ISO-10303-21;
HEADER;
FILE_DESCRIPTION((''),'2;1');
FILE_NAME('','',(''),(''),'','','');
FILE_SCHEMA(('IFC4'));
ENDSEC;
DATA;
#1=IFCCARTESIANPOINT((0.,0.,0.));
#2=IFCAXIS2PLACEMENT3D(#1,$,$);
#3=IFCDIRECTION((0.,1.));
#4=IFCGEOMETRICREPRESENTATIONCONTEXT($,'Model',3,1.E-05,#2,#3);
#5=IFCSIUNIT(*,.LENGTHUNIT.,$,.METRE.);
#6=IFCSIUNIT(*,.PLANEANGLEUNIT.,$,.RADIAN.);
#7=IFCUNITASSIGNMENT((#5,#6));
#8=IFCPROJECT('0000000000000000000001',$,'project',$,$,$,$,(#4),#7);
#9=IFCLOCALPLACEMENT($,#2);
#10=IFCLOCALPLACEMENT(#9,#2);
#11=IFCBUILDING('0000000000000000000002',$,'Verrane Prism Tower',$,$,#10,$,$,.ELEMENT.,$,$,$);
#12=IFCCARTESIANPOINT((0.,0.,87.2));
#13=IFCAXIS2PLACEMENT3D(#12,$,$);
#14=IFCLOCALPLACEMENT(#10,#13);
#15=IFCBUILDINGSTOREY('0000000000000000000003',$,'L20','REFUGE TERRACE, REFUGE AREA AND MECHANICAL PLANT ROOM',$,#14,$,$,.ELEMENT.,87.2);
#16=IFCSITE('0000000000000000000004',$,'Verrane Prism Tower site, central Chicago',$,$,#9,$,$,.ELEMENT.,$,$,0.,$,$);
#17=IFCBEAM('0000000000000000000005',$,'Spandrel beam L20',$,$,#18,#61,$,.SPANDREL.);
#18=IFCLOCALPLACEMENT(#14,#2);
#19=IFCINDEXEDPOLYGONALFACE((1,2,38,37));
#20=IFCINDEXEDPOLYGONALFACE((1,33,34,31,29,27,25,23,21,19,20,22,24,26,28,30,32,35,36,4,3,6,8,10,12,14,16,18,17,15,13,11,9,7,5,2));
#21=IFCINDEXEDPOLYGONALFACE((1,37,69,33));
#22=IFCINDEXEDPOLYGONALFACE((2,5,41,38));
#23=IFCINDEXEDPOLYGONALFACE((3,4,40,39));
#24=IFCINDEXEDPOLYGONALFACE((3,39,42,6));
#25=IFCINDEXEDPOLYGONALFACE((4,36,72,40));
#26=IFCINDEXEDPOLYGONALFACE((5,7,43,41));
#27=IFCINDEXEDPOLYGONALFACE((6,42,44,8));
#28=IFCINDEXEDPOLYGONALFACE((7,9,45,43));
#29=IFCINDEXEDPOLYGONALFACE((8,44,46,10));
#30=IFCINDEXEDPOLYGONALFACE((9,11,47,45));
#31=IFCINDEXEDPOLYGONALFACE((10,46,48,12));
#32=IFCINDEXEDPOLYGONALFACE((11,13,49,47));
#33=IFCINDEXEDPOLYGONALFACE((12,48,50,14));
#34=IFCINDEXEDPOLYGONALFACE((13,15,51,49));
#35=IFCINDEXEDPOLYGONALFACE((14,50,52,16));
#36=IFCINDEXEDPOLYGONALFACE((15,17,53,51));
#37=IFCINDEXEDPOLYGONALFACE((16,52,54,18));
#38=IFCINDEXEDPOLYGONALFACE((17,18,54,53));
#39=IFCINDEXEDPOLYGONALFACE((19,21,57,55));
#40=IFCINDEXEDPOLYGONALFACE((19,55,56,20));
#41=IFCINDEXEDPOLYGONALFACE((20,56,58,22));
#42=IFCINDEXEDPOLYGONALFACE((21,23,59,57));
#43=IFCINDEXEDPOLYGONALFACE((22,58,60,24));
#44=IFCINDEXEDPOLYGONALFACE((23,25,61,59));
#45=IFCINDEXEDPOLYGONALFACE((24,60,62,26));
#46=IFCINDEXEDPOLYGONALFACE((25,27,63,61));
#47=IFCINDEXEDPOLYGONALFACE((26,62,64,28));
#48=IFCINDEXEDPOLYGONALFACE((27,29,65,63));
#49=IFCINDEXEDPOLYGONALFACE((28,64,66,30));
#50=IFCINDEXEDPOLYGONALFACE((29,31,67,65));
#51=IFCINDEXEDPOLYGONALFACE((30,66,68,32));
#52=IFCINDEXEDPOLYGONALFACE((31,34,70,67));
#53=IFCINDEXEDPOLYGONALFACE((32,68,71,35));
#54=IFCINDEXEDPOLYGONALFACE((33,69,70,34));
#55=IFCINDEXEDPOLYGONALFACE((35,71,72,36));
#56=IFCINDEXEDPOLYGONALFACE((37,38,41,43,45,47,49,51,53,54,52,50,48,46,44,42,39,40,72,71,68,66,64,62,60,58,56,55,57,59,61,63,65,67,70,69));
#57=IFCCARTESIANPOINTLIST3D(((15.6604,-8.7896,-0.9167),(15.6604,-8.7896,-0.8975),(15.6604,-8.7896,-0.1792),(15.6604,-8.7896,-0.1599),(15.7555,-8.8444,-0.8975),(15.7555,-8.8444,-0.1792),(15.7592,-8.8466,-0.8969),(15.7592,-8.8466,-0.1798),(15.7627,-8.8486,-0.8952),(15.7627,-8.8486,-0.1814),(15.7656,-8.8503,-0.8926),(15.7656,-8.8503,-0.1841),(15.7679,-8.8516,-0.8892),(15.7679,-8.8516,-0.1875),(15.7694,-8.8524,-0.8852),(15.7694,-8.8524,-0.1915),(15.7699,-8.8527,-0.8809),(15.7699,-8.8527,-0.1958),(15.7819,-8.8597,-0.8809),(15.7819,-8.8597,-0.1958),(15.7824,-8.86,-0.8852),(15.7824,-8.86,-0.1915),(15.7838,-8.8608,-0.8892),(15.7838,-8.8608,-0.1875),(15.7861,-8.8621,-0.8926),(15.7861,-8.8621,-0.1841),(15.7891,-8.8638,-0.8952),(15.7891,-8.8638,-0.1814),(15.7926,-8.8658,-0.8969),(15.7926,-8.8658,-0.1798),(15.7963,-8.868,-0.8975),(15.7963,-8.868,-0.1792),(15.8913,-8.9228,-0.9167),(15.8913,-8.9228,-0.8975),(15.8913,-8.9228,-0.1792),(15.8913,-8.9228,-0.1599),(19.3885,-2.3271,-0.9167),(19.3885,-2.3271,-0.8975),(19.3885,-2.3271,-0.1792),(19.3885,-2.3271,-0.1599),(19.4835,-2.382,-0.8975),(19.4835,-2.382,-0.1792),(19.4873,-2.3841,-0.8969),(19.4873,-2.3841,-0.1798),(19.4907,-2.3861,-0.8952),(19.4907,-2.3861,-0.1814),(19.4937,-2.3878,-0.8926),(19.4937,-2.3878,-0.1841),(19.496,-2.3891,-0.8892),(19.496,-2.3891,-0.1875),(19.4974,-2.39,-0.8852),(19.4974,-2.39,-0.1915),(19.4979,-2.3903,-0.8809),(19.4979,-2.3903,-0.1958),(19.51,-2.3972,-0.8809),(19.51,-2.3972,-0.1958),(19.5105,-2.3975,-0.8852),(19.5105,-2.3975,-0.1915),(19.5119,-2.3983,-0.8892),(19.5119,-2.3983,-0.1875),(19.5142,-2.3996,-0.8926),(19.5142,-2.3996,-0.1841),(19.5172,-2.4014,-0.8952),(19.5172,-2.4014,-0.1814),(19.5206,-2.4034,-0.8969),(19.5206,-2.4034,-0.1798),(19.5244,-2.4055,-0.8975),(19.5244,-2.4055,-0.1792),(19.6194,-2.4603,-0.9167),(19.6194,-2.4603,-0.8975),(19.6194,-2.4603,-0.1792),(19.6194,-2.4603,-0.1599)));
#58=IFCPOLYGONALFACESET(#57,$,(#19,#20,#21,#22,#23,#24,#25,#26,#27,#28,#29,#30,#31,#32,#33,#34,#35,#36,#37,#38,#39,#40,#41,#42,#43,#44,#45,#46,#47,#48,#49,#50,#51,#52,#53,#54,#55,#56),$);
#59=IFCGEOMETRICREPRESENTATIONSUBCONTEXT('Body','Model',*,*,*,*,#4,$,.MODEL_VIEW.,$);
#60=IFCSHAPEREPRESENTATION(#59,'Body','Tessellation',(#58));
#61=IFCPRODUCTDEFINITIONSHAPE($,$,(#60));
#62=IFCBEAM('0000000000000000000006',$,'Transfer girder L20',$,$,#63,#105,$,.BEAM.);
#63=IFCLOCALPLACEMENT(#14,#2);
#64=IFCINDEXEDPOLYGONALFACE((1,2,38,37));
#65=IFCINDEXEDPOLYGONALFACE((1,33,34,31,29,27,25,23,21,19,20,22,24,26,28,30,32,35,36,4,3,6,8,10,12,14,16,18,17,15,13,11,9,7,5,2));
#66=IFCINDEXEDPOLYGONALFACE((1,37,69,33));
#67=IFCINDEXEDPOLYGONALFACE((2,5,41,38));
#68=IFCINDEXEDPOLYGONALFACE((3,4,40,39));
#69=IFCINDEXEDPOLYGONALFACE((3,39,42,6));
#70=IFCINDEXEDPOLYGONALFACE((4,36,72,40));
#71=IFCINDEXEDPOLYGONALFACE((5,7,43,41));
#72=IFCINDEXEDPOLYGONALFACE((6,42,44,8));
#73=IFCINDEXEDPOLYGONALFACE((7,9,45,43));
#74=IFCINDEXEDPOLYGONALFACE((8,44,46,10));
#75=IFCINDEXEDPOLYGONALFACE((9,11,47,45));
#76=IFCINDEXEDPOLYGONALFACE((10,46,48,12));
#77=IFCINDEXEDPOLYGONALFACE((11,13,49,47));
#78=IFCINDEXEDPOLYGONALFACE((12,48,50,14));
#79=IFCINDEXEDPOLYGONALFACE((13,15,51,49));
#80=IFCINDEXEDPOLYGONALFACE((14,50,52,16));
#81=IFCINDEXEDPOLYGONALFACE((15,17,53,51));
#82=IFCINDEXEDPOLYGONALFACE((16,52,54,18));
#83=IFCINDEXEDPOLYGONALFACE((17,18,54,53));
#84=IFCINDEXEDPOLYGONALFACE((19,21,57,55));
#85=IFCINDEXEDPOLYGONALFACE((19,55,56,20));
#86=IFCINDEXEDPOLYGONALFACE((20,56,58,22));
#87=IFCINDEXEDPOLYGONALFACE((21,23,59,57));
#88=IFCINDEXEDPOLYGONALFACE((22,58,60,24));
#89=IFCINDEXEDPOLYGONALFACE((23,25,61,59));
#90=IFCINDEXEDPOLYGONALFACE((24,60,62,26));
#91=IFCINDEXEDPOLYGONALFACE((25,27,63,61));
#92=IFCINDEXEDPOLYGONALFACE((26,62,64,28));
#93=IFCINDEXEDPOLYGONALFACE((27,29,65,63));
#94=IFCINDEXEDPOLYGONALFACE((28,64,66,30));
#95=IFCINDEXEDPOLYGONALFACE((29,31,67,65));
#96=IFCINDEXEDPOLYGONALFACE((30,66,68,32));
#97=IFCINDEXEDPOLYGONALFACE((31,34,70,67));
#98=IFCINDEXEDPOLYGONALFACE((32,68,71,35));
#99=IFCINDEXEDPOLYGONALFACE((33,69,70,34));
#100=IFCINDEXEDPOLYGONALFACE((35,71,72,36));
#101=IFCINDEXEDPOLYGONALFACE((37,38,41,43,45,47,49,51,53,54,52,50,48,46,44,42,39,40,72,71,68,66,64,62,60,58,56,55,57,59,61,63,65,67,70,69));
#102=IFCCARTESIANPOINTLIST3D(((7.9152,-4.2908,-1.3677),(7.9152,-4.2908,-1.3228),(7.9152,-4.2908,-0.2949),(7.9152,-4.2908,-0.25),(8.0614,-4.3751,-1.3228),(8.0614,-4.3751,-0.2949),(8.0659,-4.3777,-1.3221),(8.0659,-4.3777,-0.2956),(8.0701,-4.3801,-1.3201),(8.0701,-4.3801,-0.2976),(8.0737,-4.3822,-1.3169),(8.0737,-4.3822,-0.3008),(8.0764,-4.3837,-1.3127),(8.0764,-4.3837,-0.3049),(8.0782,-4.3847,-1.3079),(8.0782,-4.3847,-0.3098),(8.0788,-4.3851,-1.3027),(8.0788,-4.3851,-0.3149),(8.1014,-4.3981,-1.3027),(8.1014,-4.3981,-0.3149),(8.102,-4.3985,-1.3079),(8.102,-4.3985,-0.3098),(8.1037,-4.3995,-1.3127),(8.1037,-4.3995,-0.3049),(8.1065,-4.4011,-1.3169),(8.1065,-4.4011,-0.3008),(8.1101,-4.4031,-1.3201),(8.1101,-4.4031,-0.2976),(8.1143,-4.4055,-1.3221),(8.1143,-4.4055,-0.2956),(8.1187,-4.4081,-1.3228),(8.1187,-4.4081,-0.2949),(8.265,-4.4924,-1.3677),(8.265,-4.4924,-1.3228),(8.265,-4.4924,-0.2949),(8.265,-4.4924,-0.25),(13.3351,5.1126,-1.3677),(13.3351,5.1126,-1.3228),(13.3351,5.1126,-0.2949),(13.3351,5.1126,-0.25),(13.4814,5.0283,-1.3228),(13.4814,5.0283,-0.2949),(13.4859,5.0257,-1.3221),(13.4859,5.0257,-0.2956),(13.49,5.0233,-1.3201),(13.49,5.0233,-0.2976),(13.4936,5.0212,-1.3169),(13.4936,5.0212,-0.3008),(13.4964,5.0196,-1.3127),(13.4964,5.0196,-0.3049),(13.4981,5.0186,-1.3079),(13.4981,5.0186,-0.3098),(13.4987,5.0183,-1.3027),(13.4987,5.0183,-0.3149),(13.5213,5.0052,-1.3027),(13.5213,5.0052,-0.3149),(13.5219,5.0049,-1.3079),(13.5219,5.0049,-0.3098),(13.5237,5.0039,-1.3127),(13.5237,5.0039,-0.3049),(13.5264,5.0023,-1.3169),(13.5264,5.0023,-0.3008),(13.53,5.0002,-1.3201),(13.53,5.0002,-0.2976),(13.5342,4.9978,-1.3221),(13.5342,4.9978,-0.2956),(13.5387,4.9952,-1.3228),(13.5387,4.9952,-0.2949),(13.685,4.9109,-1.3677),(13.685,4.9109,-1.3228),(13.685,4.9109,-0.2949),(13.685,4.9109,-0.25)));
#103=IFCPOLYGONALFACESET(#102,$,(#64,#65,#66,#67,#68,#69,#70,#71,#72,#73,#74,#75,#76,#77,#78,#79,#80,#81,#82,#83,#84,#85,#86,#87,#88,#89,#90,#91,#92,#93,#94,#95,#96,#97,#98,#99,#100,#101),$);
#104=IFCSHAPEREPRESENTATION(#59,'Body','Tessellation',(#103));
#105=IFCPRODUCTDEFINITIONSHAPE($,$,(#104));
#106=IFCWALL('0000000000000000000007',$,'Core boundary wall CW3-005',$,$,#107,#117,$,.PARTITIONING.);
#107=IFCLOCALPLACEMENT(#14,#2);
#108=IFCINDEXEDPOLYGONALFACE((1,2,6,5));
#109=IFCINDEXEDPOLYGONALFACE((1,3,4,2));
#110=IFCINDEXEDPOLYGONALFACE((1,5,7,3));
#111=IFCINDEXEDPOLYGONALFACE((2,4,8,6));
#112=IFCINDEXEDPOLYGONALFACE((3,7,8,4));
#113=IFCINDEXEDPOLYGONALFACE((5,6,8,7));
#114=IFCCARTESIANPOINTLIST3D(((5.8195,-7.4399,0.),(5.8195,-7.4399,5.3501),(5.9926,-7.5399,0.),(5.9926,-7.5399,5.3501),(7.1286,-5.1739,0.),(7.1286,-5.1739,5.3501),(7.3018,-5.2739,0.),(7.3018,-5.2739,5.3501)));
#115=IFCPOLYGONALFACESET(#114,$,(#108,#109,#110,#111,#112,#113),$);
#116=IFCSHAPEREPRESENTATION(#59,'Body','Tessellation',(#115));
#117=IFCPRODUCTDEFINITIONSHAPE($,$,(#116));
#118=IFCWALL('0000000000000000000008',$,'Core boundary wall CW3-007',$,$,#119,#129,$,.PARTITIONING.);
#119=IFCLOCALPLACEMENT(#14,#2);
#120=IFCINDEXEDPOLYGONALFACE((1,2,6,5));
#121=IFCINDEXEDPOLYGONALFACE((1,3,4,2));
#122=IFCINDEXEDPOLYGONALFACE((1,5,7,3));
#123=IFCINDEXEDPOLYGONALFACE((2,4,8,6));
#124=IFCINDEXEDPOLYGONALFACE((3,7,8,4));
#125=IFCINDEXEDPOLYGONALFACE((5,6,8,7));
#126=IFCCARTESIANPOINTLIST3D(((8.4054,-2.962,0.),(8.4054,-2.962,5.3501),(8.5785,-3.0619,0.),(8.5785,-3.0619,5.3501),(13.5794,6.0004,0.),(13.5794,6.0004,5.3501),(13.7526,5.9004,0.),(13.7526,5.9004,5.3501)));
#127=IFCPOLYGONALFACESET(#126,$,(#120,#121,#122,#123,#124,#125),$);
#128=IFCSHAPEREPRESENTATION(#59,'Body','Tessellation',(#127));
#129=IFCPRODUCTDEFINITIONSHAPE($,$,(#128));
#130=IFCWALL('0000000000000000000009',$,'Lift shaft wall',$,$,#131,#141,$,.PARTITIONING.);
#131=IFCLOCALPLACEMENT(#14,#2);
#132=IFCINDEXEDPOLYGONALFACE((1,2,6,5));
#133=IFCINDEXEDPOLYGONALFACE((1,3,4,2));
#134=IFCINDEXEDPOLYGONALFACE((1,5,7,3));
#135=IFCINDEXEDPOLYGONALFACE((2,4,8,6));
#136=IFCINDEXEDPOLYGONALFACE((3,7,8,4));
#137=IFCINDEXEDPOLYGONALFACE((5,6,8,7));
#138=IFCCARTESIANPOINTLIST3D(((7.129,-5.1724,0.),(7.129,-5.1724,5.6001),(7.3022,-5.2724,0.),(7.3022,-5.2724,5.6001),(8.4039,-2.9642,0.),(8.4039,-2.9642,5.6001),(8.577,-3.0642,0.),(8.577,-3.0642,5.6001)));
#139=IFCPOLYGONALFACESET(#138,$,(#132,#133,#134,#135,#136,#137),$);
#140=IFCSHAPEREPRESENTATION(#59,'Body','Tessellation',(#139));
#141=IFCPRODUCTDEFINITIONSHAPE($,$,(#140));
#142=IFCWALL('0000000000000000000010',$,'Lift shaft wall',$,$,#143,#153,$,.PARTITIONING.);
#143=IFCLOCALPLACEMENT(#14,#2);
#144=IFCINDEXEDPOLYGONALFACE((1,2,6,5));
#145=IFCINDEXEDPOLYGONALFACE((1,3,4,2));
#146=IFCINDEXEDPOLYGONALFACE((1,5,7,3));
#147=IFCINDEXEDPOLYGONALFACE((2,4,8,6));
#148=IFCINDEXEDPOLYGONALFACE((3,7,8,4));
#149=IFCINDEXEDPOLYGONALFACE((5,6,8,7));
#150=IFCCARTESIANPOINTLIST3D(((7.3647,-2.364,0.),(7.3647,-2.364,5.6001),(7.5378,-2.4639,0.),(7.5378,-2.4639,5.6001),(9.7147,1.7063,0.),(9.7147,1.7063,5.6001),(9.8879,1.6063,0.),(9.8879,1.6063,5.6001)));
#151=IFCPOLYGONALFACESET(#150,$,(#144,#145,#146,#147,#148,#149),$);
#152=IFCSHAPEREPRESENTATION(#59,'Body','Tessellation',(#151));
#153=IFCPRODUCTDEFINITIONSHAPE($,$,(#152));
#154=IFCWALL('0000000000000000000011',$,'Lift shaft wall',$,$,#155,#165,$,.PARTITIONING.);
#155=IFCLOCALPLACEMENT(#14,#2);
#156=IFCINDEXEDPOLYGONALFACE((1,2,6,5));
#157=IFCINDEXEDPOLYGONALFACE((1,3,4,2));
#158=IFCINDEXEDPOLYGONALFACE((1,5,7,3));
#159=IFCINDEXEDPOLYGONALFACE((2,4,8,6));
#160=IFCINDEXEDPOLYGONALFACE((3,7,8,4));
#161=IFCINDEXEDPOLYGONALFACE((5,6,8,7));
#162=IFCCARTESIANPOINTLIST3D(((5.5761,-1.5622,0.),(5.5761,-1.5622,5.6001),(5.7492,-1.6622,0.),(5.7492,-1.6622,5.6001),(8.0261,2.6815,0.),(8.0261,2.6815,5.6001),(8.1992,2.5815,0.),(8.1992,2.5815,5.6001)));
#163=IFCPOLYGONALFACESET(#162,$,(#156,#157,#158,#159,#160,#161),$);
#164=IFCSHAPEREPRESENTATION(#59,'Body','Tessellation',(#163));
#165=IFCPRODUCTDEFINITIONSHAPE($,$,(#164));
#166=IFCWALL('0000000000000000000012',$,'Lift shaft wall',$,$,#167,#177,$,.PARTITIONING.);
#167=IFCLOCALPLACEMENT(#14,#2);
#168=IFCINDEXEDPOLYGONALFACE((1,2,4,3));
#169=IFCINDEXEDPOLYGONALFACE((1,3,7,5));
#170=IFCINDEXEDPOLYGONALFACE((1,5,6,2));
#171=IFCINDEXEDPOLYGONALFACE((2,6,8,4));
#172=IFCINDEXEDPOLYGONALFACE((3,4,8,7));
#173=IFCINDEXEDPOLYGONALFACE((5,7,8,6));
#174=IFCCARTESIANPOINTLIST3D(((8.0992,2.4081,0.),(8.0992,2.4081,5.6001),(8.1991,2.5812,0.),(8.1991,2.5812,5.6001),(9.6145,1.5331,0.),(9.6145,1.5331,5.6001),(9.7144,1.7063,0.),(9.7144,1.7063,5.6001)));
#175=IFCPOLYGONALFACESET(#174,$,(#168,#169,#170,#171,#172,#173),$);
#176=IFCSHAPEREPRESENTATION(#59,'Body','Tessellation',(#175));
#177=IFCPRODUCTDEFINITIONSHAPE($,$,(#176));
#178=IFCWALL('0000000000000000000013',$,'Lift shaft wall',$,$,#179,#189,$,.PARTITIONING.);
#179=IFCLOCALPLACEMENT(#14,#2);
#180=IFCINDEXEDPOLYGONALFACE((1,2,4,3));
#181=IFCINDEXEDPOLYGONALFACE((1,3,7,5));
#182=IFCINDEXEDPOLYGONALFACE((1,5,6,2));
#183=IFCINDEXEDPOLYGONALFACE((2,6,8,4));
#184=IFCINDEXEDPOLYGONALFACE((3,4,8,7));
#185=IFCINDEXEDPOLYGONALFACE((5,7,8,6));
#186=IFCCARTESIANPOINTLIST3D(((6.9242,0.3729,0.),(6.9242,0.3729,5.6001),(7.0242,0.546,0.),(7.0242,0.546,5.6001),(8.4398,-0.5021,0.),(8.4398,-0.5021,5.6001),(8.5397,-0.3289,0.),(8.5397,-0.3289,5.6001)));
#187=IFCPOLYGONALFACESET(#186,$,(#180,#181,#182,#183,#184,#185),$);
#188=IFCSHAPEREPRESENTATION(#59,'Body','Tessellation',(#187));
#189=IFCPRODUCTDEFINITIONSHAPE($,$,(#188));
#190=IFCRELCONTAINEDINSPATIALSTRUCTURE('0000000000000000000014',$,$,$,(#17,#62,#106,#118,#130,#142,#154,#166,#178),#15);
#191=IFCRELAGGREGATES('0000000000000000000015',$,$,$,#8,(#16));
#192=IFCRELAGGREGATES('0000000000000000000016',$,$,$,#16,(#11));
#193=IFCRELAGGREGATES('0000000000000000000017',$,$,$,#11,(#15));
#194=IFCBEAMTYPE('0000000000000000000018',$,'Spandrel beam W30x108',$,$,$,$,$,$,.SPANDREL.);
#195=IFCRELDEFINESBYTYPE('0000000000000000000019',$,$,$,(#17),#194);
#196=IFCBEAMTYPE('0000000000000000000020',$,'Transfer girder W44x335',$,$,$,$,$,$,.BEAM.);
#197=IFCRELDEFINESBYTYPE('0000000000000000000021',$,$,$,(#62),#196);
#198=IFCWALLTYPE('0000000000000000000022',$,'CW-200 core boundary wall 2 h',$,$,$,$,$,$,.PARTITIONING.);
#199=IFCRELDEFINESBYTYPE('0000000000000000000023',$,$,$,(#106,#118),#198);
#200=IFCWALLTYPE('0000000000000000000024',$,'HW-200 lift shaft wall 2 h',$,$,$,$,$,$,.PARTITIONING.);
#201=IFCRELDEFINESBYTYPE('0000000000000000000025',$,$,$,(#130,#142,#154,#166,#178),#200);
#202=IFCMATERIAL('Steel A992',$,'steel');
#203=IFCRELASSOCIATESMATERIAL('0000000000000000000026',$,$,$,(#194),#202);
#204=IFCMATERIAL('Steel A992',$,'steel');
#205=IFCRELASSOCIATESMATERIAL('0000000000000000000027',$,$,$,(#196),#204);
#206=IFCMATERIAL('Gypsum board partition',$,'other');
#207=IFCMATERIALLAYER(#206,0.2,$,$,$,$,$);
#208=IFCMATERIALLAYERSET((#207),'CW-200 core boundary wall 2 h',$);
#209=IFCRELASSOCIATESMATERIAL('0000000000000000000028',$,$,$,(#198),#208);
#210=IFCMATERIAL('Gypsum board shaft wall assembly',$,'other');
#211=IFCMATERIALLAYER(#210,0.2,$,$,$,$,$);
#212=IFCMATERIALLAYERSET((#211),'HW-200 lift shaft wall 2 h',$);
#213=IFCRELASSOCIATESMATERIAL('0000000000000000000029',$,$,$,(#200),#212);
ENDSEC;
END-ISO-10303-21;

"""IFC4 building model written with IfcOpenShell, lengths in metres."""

from ifc_helpers import new_model, si_unit, direction, frame, frame_2d, origin, origin_2d, place, context, subcontext, project, spatial, rectangle, i_section, extrude, material, layer, layer_set, material_profile, profile_set, type_object, element, save


model = new_model("IFC4")

# Units and contexts
model_context = context("Model", 3, precision=1e-05, world=origin(), true_north=direction((0.0, 1.0)))
body_context = subcontext(model_context, "Body", "Model", "MODEL_VIEW")
ifc_project = project(units=[si_unit("LENGTHUNIT", "METRE"), si_unit("PLANEANGLEUNIT", "RADIAN")], contexts=[model_context])

# Site, building, storey
site_placement = place(None, origin())
site = spatial("IfcSite", under=ifc_project, at=site_placement, Name="Verrane Prism Tower site, central Chicago", CompositionType="ELEMENT", RefElevation=0.0)
building_placement = place(site_placement, origin())
building = spatial("IfcBuilding", under=site, at=building_placement, Name="Verrane Prism Tower", CompositionType="ELEMENT")
storey_placement = place(building_placement, frame((0.0, 0.0, 87.2)))
storey = spatial("IfcBuildingStorey", under=building, at=storey_placement, Name="L20", Description="REFUGE TERRACE, REFUGE AREA AND MECHANICAL PLANT ROOM", CompositionType="ELEMENT", Elevation=87.2)

# Beams
ifc_material_1 = material(Name="Steel A992", Category="steel")
ifc_material_profile_1 = material_profile(ifc_material_1, i_section(OverallWidth=0.2666, OverallDepth=0.7568, WebThickness=0.0139, FlangeThickness=0.0193, FilletRadius=0.0166, at=origin_2d()), Name="W30x108")
ifc_profile_set_1 = profile_set([ifc_material_profile_1], Name="Steel A992")
beam_type_1 = type_object("IfcBeamType", Name="Spandrel beam W30x108", PredefinedType="SPANDREL", material=ifc_profile_set_1)
beam_1_placement = place(storey_placement, frame((15.7759, -8.8562, -0.5383), z_axis=(0.499694, 0.866202, 0.0), x_axis=(-0.866202, 0.499694, 0.0)))
element("IfcBeam", 1, at=beam_1_placement, inside=storey, type_object=beam_type_1, Name="Spandrel beam L20", PredefinedType="SPANDREL", context=body_context, shape_type="SweptSolid", body=[
    extrude(i_section(OverallWidth=0.2666, OverallDepth=0.7568, WebThickness=0.0139, FlangeThickness=0.0193, FilletRadius=0.0166, at=origin_2d()), origin(), (0.0, 0.0, 1.0), 7.4607),
])
ifc_material_2 = material(Name="Steel A992", Category="steel")
ifc_material_profile_2 = material_profile(ifc_material_2, i_section(OverallWidth=0.4038, OverallDepth=1.1177, WebThickness=0.0261, FlangeThickness=0.0449, FilletRadius=0.02, at=origin_2d()), Name="W44x335")
ifc_profile_set_2 = profile_set([ifc_material_profile_2], Name="Steel A992")
beam_type_2 = type_object("IfcBeamType", Name="Transfer girder W44x335", PredefinedType="BEAM", material=ifc_profile_set_2)
beam_2_placement = place(storey_placement, frame((8.0901, -4.3916, -0.8088), z_axis=(0.499372, 0.866388, 0.0), x_axis=(-0.866388, 0.499372, 0.0)))
element("IfcBeam", 2, at=beam_2_placement, inside=storey, type_object=beam_type_2, Name="Transfer girder L20", PredefinedType="BEAM", context=body_context, shape_type="SweptSolid", body=[
    extrude(i_section(OverallWidth=0.4038, OverallDepth=1.1177, WebThickness=0.0261, FlangeThickness=0.0449, FilletRadius=0.02, at=origin_2d()), origin(), (0.0, 0.0, 1.0), 10.8535),
])

# Walls
ifc_material_3 = material(Name="Gypsum board partition", Category="other")
ifc_layer_1 = layer(ifc_material_3, 0.2)
ifc_layer_set_1 = layer_set([ifc_layer_1], Name="CW-200 core boundary wall 2 h")
wall_type_1 = type_object("IfcWallType", Name="CW-200 core boundary wall 2 h", PredefinedType="PARTITIONING", material=ifc_layer_set_1)
wall_1_placement = place(storey_placement, frame((5.906, -7.49, 0.0), z_axis=(0.0, 0.0, 1.0), x_axis=(0.500253, 0.865879, 0.0)))
element("IfcWall", 3, at=wall_1_placement, inside=storey, type_object=wall_type_1, Name="Core boundary wall CW3-005", PredefinedType="PARTITIONING", context=body_context, shape_type="SweptSolid", body=[
    extrude(rectangle(XDim=2.6169, YDim=0.2, at=frame_2d((1.3086, 0.0))), origin(), (0.0, 0.0, 1.0), 5.3501),
])
wall_2_placement = place(storey_placement, frame((8.4919, -3.012, 0.0), z_axis=(0.0, 0.0, 1.0), x_axis=(0.499973, 0.866041, 0.0)))
element("IfcWall", 4, at=wall_2_placement, inside=storey, type_object=wall_type_1, Name="Core boundary wall CW3-007", PredefinedType="PARTITIONING", context=body_context, shape_type="SweptSolid", body=[
    extrude(rectangle(XDim=10.3486, YDim=0.2, at=frame_2d((5.1743, 0.0))), origin(), (0.0, 0.0, 1.0), 5.3501),
])
ifc_material_4 = material(Name="Gypsum board shaft wall assembly", Category="other")
ifc_layer_2 = layer(ifc_material_4, 0.2)
ifc_layer_set_2 = layer_set([ifc_layer_2], Name="HW-200 lift shaft wall 2 h")
wall_type_2 = type_object("IfcWallType", Name="HW-200 lift shaft wall 2 h", PredefinedType="PARTITIONING", material=ifc_layer_set_2)
wall_3_placement = place(storey_placement, frame((7.2156, -5.2224, 0.0), z_axis=(0.0, 0.0, 1.0), x_axis=(0.49999, 0.866031, 0.0)))
element("IfcWall", 5, at=wall_3_placement, inside=storey, type_object=wall_type_2, Name="Lift shaft wall", PredefinedType="PARTITIONING", context=body_context, shape_type="SweptSolid", body=[
    extrude(rectangle(XDim=2.5498, YDim=0.2, at=frame_2d((1.2749, 0.0))), origin(), (0.0, 0.0, 1.0), 5.6001),
])
wall_4_placement = place(storey_placement, frame((7.4512, -2.4141, 0.0), z_axis=(0.0, 0.0, 1.0), x_axis=(0.500016, 0.866016, 0.0)))
element("IfcWall", 6, at=wall_4_placement, inside=storey, type_object=wall_type_2, Name="Lift shaft wall", PredefinedType="PARTITIONING", context=body_context, shape_type="SweptSolid", body=[
    extrude(rectangle(XDim=4.7, YDim=0.2, at=frame_2d((2.3501, 0.0))), origin(), (0.0, 0.0, 1.0), 5.6001),
])
wall_5_placement = place(storey_placement, frame((5.6626, -1.6123, 0.0), z_axis=(0.0, 0.0, 1.0), x_axis=(0.499981, 0.866036, 0.0)))
element("IfcWall", 7, at=wall_5_placement, inside=storey, type_object=wall_type_2, Name="Lift shaft wall", PredefinedType="PARTITIONING", context=body_context, shape_type="SweptSolid", body=[
    extrude(rectangle(XDim=4.9001, YDim=0.2, at=frame_2d((2.4502, 0.0))), origin(), (0.0, 0.0, 1.0), 5.6001),
])
wall_6_placement = place(storey_placement, frame((9.6646, 1.6196, 0.0), z_axis=(0.0, 0.0, 1.0), x_axis=(-0.866002, 0.50004, 0.0)))
element("IfcWall", 8, at=wall_6_placement, inside=storey, type_object=wall_type_2, Name="Lift shaft wall", PredefinedType="PARTITIONING", context=body_context, shape_type="SweptSolid", body=[
    extrude(rectangle(XDim=1.7498, YDim=0.2, at=frame_2d((0.875, 0.0))), origin(), (0.0, 0.0, 1.0), 5.6001),
])
wall_7_placement = place(storey_placement, frame((8.4897, -0.4155, 0.0), z_axis=(0.0, 0.0, 1.0), x_axis=(-0.866037, 0.49998, 0.0)))
element("IfcWall", 9, at=wall_7_placement, inside=storey, type_object=wall_type_2, Name="Lift shaft wall", PredefinedType="PARTITIONING", context=body_context, shape_type="SweptSolid", body=[
    extrude(rectangle(XDim=1.75, YDim=0.2, at=frame_2d((0.875, 0.0))), origin(), (0.0, 0.0, 1.0), 5.6001),
])

save(model, "model.ifc")
